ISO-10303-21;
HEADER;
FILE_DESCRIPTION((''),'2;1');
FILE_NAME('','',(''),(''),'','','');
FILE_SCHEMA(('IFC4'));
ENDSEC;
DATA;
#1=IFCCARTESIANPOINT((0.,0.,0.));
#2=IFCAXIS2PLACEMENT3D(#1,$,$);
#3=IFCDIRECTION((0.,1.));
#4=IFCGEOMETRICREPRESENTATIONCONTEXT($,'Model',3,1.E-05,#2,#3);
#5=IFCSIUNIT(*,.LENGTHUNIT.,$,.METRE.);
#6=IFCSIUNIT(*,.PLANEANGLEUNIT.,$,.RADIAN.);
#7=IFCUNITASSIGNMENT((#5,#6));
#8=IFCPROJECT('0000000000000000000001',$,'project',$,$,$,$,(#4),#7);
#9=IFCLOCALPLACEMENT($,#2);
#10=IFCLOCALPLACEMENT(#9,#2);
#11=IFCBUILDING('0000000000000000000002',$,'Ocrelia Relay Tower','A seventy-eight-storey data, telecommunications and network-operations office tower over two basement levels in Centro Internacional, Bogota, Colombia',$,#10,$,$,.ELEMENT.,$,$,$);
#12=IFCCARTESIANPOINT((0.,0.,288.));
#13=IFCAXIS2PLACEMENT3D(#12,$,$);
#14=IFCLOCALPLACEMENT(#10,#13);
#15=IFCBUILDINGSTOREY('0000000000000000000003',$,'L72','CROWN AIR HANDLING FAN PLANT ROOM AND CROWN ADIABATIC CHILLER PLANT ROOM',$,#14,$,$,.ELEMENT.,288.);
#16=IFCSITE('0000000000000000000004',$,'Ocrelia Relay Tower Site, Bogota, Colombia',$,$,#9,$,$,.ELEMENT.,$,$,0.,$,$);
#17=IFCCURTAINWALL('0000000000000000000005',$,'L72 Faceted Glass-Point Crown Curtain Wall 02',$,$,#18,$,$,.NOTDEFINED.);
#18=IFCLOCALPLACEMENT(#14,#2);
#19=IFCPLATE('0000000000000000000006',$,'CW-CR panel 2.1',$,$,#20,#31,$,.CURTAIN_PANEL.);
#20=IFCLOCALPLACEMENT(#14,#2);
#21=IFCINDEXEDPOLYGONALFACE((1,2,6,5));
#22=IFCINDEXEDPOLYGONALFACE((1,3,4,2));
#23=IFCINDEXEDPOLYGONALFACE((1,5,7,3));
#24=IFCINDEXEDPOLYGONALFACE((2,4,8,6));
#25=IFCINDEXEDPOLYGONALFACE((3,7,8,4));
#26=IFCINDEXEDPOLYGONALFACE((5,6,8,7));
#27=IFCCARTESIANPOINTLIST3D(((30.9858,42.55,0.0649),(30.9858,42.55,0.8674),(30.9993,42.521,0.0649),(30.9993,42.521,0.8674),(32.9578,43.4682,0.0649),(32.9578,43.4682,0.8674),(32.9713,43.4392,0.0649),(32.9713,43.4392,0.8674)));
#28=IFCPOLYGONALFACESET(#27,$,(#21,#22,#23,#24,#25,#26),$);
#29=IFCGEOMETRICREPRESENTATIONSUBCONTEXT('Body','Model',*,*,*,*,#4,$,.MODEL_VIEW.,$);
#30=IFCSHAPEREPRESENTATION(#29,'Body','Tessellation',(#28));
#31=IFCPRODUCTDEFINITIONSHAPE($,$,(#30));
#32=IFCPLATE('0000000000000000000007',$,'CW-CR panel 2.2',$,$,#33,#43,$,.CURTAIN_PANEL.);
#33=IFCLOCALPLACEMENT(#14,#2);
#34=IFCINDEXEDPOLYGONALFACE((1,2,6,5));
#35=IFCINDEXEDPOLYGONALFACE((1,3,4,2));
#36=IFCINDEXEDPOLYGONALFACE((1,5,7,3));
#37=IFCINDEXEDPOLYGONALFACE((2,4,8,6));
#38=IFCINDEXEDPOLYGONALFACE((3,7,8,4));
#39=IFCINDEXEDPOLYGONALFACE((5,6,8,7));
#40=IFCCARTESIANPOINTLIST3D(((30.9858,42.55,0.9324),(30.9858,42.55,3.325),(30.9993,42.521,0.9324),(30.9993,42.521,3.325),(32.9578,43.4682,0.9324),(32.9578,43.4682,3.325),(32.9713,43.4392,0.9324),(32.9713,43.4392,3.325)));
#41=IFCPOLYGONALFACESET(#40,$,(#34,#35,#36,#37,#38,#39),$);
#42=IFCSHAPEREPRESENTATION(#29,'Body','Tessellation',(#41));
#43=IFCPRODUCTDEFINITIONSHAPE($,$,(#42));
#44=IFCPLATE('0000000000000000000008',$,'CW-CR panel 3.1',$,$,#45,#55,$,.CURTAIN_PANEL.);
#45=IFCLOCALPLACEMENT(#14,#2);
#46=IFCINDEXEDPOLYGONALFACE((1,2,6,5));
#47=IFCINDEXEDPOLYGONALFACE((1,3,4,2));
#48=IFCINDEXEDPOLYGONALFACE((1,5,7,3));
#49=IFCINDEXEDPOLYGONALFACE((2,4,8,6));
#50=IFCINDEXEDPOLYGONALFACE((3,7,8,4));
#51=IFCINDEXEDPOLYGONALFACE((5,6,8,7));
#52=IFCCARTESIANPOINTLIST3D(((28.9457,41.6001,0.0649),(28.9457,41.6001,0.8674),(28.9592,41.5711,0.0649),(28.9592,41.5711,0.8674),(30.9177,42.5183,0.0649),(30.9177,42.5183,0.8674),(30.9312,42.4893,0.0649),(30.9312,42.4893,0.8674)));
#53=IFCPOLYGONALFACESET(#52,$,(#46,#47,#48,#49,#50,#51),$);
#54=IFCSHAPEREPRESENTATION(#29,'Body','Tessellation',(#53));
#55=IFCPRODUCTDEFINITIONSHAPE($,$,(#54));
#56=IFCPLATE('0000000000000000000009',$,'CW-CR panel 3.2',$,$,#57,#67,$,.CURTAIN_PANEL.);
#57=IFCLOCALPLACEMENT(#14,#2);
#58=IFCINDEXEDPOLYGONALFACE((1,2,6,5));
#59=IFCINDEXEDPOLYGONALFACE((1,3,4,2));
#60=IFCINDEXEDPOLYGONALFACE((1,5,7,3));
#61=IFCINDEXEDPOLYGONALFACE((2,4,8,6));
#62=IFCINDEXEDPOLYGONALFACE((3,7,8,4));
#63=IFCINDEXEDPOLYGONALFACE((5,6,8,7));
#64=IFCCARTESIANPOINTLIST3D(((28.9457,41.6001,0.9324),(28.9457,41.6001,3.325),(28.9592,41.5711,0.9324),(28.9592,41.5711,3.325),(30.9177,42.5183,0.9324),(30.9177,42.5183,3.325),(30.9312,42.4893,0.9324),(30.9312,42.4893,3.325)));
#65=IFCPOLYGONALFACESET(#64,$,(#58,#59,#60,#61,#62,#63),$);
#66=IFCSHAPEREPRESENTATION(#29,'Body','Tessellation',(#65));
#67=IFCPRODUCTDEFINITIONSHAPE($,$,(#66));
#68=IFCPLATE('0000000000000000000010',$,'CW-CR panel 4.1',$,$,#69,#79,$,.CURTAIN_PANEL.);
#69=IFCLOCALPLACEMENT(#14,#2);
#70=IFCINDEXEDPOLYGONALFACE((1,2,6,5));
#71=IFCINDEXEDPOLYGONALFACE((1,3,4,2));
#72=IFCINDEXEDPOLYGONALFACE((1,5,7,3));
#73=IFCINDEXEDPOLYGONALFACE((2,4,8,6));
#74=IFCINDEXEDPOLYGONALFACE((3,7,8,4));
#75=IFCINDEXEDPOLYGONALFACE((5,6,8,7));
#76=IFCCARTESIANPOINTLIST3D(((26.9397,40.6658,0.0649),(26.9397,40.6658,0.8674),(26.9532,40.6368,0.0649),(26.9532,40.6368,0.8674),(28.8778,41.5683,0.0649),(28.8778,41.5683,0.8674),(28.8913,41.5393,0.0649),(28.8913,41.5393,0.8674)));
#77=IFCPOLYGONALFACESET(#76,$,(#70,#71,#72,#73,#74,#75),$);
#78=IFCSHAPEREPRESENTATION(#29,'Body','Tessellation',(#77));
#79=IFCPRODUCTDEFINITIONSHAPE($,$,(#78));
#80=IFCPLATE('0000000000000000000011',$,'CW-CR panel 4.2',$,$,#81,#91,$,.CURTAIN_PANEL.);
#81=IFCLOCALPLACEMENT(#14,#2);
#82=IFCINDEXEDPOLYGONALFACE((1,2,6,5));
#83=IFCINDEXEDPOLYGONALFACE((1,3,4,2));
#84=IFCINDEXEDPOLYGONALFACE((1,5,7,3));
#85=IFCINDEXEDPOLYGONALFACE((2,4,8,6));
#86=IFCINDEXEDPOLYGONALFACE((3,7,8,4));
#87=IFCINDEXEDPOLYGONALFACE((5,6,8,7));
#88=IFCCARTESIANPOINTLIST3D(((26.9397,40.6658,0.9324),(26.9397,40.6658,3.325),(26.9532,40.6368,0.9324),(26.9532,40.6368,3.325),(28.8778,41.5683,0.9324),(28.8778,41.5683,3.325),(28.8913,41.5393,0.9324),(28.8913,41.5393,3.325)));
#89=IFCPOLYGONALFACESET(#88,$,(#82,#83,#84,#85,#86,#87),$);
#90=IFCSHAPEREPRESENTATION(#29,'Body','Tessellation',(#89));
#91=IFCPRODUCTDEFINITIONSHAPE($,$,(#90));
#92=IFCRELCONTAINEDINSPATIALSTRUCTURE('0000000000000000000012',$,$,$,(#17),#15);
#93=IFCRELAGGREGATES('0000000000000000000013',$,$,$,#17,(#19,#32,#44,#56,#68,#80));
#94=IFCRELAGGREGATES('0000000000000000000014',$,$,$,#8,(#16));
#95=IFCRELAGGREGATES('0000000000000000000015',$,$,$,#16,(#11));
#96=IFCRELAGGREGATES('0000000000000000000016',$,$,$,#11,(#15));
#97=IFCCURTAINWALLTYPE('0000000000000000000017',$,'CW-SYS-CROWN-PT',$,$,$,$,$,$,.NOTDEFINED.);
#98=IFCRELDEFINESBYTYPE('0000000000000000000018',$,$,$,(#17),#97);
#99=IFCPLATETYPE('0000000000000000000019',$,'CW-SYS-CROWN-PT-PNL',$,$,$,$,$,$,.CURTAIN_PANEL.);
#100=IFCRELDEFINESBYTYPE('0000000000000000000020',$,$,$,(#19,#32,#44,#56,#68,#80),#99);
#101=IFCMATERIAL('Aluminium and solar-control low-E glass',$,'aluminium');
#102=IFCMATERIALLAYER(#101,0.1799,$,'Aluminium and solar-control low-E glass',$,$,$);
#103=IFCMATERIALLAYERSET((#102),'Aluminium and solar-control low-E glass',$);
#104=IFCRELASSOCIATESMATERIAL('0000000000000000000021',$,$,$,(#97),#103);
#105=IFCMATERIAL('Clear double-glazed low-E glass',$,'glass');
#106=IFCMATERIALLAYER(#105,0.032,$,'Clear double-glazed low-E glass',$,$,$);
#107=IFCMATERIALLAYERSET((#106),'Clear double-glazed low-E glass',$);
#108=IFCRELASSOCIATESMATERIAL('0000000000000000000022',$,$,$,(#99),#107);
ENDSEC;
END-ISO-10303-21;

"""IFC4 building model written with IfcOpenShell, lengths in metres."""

from ifc_helpers import new_model, si_unit, direction, frame, origin, origin_2d, place, context, subcontext, project, spatial, rectangle, extrude, material, layer, layer_set, type_object, element, aggregate, save


model = new_model("IFC4")

# Units and contexts
model_context = context("Model", 3, precision=1e-05, world=origin(), true_north=direction((0.0, 1.0)))
body_context = subcontext(model_context, "Body", "Model", "MODEL_VIEW")
ifc_project = project(units=[si_unit("LENGTHUNIT", "METRE"), si_unit("PLANEANGLEUNIT", "RADIAN")], contexts=[model_context])

# Site, building, storey
site_placement = place(None, origin())
site = spatial("IfcSite", under=ifc_project, at=site_placement, Name="Ocrelia Relay Tower Site, Bogota, Colombia", CompositionType="ELEMENT", RefElevation=0.0)
building_placement = place(site_placement, origin())
building = spatial("IfcBuilding", under=site, at=building_placement, Name="Ocrelia Relay Tower", Description="A seventy-eight-storey data, telecommunications and network-operations office tower over two basement levels in Centro Internacional, Bogota, Colombia", CompositionType="ELEMENT")
storey_placement = place(building_placement, frame((0.0, 0.0, 288.0)))
storey = spatial("IfcBuildingStorey", under=building, at=storey_placement, Name="L72", Description="CROWN AIR HANDLING FAN PLANT ROOM AND CROWN ADIABATIC CHILLER PLANT ROOM", CompositionType="ELEMENT", Elevation=288.0)

# Curtain wall, plates
ifc_material_1 = material(Name="Aluminium and solar-control low-E glass", Category="aluminium")
ifc_layer_1 = layer(ifc_material_1, 0.1799, Name="Aluminium and solar-control low-E glass")
ifc_layer_set_1 = layer_set([ifc_layer_1], Name="Aluminium and solar-control low-E glass")
curtain_wall_type = type_object("IfcCurtainWallType", Name="CW-SYS-CROWN-PT", PredefinedType="NOTDEFINED", material=ifc_layer_set_1)
curtain_wall_placement = place(storey_placement, origin())
curtain_wall = element("IfcCurtainWall", 1, at=curtain_wall_placement, inside=storey, type_object=curtain_wall_type, Name="L72 Faceted Glass-Point Crown Curtain Wall 02", PredefinedType="NOTDEFINED")
ifc_material_2 = material(Name="Clear double-glazed low-E glass", Category="glass")
ifc_layer_2 = layer(ifc_material_2, 0.032, Name="Clear double-glazed low-E glass")
ifc_layer_set_2 = layer_set([ifc_layer_2], Name="Clear double-glazed low-E glass")
plate_type = type_object("IfcPlateType", Name="CW-SYS-CROWN-PT-PNL", PredefinedType="CURTAIN_PANEL", material=ifc_layer_set_2)
plate_1_placement = place(storey_placement, frame((31.9785, 42.9946, 0.0649), z_axis=(0.0, 0.0, 1.0), x_axis=(-0.906542, -0.422115, 0.0)))
plate_1 = element("IfcPlate", 2, at=plate_1_placement, type_object=plate_type, Name="CW-CR panel 2.1", PredefinedType="CURTAIN_PANEL", context=body_context, shape_type="SweptSolid", body=[
    extrude(rectangle(XDim=2.1753, YDim=0.032, at=origin_2d()), origin(), (0.0, 0.0, 1.0), 0.8025),
])
plate_2_placement = place(storey_placement, frame((31.9785, 42.9946, 0.9324), z_axis=(0.0, 0.0, 1.0), x_axis=(-0.906542, -0.422115, 0.0)))
plate_2 = element("IfcPlate", 3, at=plate_2_placement, type_object=plate_type, Name="CW-CR panel 2.2", PredefinedType="CURTAIN_PANEL", context=body_context, shape_type="SweptSolid", body=[
    extrude(rectangle(XDim=2.1753, YDim=0.032, at=origin_2d()), origin(), (0.0, 0.0, 1.0), 2.3926),
])
plate_3_placement = place(storey_placement, frame((29.9385, 42.0447, 0.0649), z_axis=(0.0, 0.0, 1.0), x_axis=(-0.906542, -0.422115, 0.0)))
plate_3 = element("IfcPlate", 4, at=plate_3_placement, type_object=plate_type, Name="CW-CR panel 3.1", PredefinedType="CURTAIN_PANEL", context=body_context, shape_type="SweptSolid", body=[
    extrude(rectangle(XDim=2.1753, YDim=0.032, at=origin_2d()), origin(), (0.0, 0.0, 1.0), 0.8025),
])
plate_4_placement = place(storey_placement, frame((29.9385, 42.0447, 0.9324), z_axis=(0.0, 0.0, 1.0), x_axis=(-0.906542, -0.422115, 0.0)))
plate_4 = element("IfcPlate", 5, at=plate_4_placement, type_object=plate_type, Name="CW-CR panel 3.2", PredefinedType="CURTAIN_PANEL", context=body_context, shape_type="SweptSolid", body=[
    extrude(rectangle(XDim=2.1753, YDim=0.032, at=origin_2d()), origin(), (0.0, 0.0, 1.0), 2.3926),
])
plate_5_placement = place(storey_placement, frame((27.9155, 41.1025, 0.0649), z_axis=(0.0, 0.0, 1.0), x_axis=(-0.906542, -0.422115, 0.0)))
plate_5 = element("IfcPlate", 6, at=plate_5_placement, type_object=plate_type, Name="CW-CR panel 4.1", PredefinedType="CURTAIN_PANEL", context=body_context, shape_type="SweptSolid", body=[
    extrude(rectangle(XDim=2.1379, YDim=0.032, at=origin_2d()), origin(), (0.0, 0.0, 1.0), 0.8025),
])
plate_6_placement = place(storey_placement, frame((27.9155, 41.1025, 0.9324), z_axis=(0.0, 0.0, 1.0), x_axis=(-0.906542, -0.422115, 0.0)))
plate_6 = element("IfcPlate", 7, at=plate_6_placement, type_object=plate_type, Name="CW-CR panel 4.2", PredefinedType="CURTAIN_PANEL", context=body_context, shape_type="SweptSolid", body=[
    extrude(rectangle(XDim=2.1379, YDim=0.032, at=origin_2d()), origin(), (0.0, 0.0, 1.0), 2.3926),
])
aggregate(curtain_wall, [plate_1, plate_2, plate_3, plate_4, plate_5, plate_6])

save(model, "model.ifc")
